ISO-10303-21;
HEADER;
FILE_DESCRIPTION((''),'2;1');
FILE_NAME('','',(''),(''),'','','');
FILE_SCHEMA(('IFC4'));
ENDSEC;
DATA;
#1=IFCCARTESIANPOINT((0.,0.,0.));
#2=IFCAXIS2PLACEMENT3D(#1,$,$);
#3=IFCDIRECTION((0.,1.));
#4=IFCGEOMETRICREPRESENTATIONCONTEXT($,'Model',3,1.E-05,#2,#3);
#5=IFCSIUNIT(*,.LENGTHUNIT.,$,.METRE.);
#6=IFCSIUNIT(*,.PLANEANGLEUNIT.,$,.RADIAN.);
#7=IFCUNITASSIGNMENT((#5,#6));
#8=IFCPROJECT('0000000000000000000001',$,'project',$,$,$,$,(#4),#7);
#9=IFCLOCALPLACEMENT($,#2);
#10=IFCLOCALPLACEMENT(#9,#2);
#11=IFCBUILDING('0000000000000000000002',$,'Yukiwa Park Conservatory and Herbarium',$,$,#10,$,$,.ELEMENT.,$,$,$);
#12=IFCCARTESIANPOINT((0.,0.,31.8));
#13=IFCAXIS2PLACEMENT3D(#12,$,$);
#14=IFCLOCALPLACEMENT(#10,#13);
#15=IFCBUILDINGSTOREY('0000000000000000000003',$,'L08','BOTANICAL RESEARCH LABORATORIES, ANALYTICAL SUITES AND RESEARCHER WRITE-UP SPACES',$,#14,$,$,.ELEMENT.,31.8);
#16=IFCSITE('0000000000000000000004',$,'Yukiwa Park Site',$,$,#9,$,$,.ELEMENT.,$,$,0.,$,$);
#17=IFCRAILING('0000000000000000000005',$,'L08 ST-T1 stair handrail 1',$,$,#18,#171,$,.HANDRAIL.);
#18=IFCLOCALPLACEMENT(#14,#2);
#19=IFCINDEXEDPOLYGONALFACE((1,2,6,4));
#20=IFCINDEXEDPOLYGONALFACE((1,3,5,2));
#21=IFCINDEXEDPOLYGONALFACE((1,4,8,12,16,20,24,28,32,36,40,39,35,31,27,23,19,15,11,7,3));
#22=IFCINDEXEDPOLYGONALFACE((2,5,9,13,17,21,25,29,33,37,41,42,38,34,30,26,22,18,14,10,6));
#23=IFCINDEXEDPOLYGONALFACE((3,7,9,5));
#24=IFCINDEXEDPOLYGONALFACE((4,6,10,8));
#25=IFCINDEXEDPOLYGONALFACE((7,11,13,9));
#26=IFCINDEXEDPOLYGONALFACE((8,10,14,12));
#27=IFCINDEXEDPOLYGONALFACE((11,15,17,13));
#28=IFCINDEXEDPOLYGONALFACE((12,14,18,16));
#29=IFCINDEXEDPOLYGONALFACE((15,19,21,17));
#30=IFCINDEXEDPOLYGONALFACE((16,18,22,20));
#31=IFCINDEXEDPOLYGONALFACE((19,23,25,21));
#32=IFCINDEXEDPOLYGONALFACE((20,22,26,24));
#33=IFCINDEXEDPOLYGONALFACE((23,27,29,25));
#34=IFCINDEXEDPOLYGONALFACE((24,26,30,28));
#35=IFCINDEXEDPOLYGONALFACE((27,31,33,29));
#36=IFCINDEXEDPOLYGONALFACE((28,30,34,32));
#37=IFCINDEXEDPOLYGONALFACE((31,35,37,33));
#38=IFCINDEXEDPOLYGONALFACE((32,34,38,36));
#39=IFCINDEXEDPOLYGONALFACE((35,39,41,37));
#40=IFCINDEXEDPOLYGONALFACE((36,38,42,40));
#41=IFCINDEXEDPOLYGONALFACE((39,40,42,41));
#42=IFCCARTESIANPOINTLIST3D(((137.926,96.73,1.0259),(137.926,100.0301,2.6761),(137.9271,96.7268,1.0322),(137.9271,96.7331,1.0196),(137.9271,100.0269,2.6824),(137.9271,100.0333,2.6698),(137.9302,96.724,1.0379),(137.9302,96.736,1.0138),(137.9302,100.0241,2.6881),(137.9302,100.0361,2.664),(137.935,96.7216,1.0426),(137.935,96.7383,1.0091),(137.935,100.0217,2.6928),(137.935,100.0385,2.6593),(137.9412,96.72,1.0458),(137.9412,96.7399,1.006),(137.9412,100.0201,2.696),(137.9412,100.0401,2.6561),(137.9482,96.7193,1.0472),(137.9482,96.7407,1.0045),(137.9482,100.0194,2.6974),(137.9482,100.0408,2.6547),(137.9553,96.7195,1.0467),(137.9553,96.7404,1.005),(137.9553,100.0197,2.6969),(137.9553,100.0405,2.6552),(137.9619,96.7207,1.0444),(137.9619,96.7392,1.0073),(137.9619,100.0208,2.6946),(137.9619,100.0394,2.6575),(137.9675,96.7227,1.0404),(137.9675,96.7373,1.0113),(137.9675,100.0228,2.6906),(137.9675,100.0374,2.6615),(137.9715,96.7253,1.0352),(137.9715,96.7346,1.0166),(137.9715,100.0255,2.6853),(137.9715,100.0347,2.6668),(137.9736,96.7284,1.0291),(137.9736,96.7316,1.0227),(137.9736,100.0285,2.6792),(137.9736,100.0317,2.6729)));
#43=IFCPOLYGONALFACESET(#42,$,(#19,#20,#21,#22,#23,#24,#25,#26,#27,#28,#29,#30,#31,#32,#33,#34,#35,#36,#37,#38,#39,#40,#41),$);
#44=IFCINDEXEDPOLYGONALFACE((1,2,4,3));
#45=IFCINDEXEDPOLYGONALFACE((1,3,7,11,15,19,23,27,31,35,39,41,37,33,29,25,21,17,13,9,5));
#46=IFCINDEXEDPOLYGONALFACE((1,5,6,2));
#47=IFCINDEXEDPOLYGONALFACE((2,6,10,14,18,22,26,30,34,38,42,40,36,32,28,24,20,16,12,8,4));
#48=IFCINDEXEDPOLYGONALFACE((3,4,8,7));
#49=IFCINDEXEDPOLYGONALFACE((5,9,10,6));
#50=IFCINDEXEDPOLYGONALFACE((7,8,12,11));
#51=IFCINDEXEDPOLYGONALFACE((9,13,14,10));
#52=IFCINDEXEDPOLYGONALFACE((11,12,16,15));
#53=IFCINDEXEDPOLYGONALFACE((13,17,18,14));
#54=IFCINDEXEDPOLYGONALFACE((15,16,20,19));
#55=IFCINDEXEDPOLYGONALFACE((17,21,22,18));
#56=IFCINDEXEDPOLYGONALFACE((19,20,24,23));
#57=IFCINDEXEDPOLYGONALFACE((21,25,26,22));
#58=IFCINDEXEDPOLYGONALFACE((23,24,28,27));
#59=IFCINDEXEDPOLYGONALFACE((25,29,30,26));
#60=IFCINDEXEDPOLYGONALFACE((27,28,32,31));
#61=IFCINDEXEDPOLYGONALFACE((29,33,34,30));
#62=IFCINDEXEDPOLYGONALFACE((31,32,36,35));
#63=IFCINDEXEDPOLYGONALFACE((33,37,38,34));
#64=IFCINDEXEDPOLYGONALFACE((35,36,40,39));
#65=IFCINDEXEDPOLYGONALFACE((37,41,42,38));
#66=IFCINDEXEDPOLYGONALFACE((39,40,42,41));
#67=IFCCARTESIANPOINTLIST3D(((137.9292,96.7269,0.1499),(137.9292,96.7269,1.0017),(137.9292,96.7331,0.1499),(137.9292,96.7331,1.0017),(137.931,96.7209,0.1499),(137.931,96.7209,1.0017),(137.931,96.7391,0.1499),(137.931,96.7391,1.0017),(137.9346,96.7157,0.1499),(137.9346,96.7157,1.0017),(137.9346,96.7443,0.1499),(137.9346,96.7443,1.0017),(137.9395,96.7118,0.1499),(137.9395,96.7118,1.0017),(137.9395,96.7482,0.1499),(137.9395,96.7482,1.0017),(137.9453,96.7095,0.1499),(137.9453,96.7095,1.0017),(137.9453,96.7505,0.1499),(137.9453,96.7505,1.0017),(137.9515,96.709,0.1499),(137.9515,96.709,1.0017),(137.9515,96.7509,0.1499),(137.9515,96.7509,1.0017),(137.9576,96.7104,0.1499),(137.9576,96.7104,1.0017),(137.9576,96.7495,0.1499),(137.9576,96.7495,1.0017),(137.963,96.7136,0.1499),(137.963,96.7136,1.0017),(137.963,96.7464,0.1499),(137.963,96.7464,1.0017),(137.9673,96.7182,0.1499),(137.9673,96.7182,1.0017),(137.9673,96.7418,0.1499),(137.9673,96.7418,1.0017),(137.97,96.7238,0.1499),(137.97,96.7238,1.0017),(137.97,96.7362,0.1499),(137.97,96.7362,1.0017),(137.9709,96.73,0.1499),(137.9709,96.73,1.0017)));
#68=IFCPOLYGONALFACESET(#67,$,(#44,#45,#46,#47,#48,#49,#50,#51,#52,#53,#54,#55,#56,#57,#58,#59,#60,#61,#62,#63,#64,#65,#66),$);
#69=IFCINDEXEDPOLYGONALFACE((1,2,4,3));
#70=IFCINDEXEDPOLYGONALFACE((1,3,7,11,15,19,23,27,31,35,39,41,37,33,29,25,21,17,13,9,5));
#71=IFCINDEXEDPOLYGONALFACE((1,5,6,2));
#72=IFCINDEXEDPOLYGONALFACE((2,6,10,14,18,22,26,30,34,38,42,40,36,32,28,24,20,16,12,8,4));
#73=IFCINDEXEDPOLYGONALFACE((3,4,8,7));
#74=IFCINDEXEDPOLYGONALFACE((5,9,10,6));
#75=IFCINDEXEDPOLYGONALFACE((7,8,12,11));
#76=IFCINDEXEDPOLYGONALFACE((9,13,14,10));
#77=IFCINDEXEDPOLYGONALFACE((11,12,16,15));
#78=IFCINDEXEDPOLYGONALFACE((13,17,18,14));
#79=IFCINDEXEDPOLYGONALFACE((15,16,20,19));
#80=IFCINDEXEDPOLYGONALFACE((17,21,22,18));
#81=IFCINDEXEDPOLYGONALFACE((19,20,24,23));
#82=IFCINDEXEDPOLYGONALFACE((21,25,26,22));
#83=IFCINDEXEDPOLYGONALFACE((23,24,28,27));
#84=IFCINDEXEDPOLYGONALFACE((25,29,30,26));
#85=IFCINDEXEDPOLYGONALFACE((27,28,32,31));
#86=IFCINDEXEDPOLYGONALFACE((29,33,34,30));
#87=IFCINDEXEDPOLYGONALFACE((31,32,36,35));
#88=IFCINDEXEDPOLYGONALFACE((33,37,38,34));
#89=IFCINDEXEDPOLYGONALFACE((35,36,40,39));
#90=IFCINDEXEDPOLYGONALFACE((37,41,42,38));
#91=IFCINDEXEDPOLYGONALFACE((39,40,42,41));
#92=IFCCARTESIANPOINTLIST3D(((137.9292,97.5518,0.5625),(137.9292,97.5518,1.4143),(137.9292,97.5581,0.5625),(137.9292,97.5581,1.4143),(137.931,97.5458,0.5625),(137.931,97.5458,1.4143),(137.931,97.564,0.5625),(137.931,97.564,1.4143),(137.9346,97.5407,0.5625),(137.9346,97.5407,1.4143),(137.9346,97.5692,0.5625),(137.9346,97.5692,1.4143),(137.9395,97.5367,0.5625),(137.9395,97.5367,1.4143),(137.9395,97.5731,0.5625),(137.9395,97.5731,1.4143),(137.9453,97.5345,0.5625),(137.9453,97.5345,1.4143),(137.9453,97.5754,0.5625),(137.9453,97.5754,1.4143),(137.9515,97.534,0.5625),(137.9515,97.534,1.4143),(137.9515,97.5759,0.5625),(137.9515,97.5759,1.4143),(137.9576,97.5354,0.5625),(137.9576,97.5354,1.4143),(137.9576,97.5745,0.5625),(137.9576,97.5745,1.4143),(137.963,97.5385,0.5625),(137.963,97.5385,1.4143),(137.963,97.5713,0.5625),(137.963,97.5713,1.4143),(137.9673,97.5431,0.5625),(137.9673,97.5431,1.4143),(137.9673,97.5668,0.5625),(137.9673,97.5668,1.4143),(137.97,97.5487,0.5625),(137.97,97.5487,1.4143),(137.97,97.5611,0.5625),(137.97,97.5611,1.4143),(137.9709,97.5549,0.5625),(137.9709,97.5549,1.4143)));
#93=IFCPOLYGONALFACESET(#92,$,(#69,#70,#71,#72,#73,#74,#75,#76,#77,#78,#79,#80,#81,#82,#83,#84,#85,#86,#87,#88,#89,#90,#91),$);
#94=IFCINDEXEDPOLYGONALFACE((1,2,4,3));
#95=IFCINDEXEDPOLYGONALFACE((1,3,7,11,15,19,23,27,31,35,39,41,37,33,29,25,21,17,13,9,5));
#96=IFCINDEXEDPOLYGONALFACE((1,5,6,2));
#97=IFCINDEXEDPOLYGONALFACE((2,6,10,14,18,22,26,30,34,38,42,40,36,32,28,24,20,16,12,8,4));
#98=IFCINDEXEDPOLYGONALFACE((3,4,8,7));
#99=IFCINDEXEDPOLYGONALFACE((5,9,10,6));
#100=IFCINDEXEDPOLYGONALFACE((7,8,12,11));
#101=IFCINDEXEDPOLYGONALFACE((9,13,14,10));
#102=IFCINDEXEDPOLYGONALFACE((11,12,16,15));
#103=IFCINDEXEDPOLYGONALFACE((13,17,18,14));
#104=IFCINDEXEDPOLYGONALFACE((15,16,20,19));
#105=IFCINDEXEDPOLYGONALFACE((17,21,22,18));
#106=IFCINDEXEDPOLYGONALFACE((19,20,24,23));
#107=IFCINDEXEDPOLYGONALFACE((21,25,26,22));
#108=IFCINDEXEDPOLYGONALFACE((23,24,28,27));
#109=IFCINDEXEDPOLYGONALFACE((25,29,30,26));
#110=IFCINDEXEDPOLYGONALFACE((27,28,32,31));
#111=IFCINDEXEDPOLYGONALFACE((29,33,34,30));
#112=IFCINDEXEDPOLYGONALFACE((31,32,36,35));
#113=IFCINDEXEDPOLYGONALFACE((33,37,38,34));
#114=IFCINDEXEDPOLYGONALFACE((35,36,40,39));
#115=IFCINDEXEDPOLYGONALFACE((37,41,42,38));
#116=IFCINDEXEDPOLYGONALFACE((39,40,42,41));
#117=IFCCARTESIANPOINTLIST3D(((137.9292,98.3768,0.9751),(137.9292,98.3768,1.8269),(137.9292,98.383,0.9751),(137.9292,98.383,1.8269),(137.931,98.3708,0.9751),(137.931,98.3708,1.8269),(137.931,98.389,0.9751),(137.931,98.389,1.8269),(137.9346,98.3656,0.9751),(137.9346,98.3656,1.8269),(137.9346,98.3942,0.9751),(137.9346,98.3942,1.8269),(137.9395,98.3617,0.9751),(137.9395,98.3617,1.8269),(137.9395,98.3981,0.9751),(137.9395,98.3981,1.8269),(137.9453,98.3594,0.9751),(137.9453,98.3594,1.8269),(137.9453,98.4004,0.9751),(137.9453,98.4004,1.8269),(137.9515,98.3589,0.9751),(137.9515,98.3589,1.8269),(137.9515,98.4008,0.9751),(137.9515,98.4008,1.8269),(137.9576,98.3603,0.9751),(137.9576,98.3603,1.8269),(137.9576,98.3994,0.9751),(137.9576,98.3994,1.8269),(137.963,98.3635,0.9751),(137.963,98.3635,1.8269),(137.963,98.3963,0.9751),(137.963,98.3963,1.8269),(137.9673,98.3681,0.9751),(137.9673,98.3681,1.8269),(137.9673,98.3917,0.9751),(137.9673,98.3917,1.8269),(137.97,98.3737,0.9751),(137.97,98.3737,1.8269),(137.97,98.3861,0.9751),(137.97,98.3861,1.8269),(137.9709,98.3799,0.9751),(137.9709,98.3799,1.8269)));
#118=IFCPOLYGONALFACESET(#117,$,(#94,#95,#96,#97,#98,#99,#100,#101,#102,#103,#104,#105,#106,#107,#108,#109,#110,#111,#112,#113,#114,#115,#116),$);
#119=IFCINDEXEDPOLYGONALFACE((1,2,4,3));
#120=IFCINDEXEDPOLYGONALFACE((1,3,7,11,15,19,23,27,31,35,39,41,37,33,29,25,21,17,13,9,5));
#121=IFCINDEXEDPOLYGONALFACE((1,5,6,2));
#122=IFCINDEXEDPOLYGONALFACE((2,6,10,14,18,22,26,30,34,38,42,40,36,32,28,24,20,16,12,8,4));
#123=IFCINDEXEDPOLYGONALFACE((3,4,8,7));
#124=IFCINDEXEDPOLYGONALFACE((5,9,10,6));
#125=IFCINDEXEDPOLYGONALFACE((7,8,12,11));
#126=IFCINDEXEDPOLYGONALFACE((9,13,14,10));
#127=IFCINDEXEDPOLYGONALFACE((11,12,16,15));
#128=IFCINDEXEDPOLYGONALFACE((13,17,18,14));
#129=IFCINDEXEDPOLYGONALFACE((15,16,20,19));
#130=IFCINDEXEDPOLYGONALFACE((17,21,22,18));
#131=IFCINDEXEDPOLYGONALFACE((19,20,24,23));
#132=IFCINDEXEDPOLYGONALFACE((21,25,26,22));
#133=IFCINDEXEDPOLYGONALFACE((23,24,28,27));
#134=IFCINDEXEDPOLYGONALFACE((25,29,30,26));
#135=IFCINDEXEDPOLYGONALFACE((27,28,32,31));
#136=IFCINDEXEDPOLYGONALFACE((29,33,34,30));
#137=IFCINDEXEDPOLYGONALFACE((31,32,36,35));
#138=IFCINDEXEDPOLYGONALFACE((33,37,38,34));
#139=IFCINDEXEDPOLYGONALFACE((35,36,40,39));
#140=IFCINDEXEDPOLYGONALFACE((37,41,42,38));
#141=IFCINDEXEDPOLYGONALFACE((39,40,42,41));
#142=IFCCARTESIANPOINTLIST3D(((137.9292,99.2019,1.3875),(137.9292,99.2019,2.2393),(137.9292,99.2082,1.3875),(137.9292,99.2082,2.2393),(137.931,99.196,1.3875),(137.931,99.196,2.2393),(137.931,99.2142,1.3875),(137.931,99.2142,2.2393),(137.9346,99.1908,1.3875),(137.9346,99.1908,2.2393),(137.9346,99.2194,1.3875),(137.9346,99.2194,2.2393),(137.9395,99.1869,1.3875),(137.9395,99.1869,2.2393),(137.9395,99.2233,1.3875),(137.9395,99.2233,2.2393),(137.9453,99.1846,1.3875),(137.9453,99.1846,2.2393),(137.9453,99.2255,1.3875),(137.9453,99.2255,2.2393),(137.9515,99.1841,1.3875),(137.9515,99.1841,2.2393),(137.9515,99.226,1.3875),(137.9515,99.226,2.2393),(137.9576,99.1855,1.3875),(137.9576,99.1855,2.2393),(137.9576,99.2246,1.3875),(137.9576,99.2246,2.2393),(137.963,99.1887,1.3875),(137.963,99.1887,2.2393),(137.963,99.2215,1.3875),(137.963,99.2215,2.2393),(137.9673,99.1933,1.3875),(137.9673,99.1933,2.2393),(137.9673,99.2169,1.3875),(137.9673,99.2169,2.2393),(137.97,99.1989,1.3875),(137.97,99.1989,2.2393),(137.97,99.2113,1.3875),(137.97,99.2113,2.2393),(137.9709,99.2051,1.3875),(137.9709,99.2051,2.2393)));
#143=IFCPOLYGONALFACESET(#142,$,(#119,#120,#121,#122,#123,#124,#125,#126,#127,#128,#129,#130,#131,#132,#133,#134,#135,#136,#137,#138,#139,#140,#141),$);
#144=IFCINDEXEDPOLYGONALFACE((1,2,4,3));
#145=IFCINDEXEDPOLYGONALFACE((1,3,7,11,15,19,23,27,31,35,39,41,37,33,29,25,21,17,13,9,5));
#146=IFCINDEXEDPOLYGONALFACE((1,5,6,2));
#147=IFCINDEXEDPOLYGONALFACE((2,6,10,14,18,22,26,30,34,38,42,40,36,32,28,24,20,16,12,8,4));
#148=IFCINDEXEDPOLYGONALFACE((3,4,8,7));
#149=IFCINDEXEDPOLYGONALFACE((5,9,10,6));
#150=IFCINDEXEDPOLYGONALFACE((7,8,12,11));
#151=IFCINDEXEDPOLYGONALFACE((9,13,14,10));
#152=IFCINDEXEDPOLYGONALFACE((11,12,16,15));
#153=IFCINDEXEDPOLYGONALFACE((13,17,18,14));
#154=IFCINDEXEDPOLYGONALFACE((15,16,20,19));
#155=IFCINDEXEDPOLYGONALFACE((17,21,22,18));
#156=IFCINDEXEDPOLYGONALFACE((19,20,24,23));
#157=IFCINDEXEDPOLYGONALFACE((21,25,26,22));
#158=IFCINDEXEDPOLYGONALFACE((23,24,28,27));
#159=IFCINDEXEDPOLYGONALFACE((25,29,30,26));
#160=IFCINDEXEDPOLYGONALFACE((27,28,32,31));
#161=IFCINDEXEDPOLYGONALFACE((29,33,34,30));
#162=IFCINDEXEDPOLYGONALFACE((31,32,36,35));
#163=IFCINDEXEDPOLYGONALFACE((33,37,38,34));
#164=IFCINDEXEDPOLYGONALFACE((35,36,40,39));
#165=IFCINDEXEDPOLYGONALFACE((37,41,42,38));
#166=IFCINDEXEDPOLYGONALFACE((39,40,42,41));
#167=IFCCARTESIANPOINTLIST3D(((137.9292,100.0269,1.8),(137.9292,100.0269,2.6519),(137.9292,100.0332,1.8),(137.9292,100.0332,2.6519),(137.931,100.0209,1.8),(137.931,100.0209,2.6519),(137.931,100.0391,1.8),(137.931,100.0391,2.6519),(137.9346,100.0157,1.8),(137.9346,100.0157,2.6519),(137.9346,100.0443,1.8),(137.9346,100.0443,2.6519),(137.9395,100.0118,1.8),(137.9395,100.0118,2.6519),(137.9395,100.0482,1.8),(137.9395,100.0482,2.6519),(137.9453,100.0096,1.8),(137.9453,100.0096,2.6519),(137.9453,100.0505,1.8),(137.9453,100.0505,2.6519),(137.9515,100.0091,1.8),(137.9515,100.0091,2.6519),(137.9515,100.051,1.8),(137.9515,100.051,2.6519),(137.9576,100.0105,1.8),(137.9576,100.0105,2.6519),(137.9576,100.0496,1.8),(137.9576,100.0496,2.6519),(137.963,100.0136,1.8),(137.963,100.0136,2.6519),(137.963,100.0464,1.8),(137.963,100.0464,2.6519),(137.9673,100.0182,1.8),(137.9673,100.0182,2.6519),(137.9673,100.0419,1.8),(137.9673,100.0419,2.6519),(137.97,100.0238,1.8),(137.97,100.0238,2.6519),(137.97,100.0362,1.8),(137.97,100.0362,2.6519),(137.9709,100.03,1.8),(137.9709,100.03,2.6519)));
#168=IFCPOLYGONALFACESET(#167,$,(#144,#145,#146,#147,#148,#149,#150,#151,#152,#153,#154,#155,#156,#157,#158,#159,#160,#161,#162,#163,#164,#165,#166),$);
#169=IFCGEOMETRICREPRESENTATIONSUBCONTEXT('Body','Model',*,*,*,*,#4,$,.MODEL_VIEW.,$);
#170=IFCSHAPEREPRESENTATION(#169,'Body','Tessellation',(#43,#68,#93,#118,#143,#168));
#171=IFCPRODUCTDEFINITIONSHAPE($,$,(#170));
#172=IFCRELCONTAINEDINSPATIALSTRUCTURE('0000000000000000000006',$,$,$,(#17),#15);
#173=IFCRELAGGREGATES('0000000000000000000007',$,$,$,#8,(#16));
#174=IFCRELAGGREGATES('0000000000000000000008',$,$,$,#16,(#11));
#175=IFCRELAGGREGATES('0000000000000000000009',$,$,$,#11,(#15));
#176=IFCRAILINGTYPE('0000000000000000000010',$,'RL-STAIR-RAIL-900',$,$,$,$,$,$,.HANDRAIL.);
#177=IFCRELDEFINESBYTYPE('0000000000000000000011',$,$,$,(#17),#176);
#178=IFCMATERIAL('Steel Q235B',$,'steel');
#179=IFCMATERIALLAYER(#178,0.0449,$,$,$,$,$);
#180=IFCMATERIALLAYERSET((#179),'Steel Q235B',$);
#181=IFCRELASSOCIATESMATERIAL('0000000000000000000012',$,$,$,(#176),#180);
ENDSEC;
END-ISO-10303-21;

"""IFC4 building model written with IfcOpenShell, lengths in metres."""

from ifc_helpers import new_model, si_unit, direction, frame, origin, origin_2d, place, context, subcontext, project, spatial, circle, extrude, material, layer, layer_set, type_object, element, save


model = new_model("IFC4")

# Units and contexts
model_context = context("Model", 3, precision=1e-05, world=origin(), true_north=direction((0.0, 1.0)))
body_context = subcontext(model_context, "Body", "Model", "MODEL_VIEW")
ifc_project = project(units=[si_unit("LENGTHUNIT", "METRE"), si_unit("PLANEANGLEUNIT", "RADIAN")], contexts=[model_context])

# Site, building, storey
site_placement = place(None, origin())
site = spatial("IfcSite", under=ifc_project, at=site_placement, Name="Yukiwa Park Site", CompositionType="ELEMENT", RefElevation=0.0)
building_placement = place(site_placement, origin())
building = spatial("IfcBuilding", under=site, at=building_placement, Name="Yukiwa Park Conservatory and Herbarium", CompositionType="ELEMENT")
storey_placement = place(building_placement, frame((0.0, 0.0, 31.8)))
storey = spatial("IfcBuildingStorey", under=building, at=storey_placement, Name="L08", Description="BOTANICAL RESEARCH LABORATORIES, ANALYTICAL SUITES AND RESEARCHER WRITE-UP SPACES", CompositionType="ELEMENT", Elevation=31.8)

# Railing
ifc_material_1 = material(Name="Steel Q235B", Category="steel")
ifc_layer_1 = layer(ifc_material_1, 0.0449)
ifc_layer_set_1 = layer_set([ifc_layer_1], Name="Steel Q235B")
railing_type_1 = type_object("IfcRailingType", Name="RL-STAIR-RAIL-900", PredefinedType="HANDRAIL", material=ifc_layer_set_1)
railing_1_placement = place(storey_placement, frame((137.95, 96.73, 0.1499)))
element("IfcRailing", 1, at=railing_1_placement, inside=storey, type_object=railing_type_1, Name="L08 ST-T1 stair handrail 1", PredefinedType="HANDRAIL", context=body_context, shape_type="SweptSolid", body=[
    extrude(circle(Radius=0.0239, at=origin_2d()), frame((0.0, 0.0, 0.876), z_axis=(0.0, 0.894414, 0.44724), x_axis=(-1.0, 0.0, 0.0)), (0.0, 0.0, 1.0), 3.6897),
    extrude(circle(Radius=0.021, at=origin_2d()), origin(), (0.0, 0.0, 1.0), 0.8518),
    extrude(circle(Radius=0.021, at=origin_2d()), frame((0.0, 0.825, 0.4126)), (0.0, 0.0, 1.0), 0.8518),
    extrude(circle(Radius=0.021, at=origin_2d()), frame((0.0, 1.6499, 0.8252)), (0.0, 0.0, 1.0), 0.8518),
    extrude(circle(Radius=0.021, at=origin_2d()), frame((0.0, 2.4751, 1.2375)), (0.0, 0.0, 1.0), 0.8518),
    extrude(circle(Radius=0.021, at=origin_2d()), frame((0.0, 3.3, 1.6501)), (0.0, 0.0, 1.0), 0.8518),
])

save(model, "model.ifc")
